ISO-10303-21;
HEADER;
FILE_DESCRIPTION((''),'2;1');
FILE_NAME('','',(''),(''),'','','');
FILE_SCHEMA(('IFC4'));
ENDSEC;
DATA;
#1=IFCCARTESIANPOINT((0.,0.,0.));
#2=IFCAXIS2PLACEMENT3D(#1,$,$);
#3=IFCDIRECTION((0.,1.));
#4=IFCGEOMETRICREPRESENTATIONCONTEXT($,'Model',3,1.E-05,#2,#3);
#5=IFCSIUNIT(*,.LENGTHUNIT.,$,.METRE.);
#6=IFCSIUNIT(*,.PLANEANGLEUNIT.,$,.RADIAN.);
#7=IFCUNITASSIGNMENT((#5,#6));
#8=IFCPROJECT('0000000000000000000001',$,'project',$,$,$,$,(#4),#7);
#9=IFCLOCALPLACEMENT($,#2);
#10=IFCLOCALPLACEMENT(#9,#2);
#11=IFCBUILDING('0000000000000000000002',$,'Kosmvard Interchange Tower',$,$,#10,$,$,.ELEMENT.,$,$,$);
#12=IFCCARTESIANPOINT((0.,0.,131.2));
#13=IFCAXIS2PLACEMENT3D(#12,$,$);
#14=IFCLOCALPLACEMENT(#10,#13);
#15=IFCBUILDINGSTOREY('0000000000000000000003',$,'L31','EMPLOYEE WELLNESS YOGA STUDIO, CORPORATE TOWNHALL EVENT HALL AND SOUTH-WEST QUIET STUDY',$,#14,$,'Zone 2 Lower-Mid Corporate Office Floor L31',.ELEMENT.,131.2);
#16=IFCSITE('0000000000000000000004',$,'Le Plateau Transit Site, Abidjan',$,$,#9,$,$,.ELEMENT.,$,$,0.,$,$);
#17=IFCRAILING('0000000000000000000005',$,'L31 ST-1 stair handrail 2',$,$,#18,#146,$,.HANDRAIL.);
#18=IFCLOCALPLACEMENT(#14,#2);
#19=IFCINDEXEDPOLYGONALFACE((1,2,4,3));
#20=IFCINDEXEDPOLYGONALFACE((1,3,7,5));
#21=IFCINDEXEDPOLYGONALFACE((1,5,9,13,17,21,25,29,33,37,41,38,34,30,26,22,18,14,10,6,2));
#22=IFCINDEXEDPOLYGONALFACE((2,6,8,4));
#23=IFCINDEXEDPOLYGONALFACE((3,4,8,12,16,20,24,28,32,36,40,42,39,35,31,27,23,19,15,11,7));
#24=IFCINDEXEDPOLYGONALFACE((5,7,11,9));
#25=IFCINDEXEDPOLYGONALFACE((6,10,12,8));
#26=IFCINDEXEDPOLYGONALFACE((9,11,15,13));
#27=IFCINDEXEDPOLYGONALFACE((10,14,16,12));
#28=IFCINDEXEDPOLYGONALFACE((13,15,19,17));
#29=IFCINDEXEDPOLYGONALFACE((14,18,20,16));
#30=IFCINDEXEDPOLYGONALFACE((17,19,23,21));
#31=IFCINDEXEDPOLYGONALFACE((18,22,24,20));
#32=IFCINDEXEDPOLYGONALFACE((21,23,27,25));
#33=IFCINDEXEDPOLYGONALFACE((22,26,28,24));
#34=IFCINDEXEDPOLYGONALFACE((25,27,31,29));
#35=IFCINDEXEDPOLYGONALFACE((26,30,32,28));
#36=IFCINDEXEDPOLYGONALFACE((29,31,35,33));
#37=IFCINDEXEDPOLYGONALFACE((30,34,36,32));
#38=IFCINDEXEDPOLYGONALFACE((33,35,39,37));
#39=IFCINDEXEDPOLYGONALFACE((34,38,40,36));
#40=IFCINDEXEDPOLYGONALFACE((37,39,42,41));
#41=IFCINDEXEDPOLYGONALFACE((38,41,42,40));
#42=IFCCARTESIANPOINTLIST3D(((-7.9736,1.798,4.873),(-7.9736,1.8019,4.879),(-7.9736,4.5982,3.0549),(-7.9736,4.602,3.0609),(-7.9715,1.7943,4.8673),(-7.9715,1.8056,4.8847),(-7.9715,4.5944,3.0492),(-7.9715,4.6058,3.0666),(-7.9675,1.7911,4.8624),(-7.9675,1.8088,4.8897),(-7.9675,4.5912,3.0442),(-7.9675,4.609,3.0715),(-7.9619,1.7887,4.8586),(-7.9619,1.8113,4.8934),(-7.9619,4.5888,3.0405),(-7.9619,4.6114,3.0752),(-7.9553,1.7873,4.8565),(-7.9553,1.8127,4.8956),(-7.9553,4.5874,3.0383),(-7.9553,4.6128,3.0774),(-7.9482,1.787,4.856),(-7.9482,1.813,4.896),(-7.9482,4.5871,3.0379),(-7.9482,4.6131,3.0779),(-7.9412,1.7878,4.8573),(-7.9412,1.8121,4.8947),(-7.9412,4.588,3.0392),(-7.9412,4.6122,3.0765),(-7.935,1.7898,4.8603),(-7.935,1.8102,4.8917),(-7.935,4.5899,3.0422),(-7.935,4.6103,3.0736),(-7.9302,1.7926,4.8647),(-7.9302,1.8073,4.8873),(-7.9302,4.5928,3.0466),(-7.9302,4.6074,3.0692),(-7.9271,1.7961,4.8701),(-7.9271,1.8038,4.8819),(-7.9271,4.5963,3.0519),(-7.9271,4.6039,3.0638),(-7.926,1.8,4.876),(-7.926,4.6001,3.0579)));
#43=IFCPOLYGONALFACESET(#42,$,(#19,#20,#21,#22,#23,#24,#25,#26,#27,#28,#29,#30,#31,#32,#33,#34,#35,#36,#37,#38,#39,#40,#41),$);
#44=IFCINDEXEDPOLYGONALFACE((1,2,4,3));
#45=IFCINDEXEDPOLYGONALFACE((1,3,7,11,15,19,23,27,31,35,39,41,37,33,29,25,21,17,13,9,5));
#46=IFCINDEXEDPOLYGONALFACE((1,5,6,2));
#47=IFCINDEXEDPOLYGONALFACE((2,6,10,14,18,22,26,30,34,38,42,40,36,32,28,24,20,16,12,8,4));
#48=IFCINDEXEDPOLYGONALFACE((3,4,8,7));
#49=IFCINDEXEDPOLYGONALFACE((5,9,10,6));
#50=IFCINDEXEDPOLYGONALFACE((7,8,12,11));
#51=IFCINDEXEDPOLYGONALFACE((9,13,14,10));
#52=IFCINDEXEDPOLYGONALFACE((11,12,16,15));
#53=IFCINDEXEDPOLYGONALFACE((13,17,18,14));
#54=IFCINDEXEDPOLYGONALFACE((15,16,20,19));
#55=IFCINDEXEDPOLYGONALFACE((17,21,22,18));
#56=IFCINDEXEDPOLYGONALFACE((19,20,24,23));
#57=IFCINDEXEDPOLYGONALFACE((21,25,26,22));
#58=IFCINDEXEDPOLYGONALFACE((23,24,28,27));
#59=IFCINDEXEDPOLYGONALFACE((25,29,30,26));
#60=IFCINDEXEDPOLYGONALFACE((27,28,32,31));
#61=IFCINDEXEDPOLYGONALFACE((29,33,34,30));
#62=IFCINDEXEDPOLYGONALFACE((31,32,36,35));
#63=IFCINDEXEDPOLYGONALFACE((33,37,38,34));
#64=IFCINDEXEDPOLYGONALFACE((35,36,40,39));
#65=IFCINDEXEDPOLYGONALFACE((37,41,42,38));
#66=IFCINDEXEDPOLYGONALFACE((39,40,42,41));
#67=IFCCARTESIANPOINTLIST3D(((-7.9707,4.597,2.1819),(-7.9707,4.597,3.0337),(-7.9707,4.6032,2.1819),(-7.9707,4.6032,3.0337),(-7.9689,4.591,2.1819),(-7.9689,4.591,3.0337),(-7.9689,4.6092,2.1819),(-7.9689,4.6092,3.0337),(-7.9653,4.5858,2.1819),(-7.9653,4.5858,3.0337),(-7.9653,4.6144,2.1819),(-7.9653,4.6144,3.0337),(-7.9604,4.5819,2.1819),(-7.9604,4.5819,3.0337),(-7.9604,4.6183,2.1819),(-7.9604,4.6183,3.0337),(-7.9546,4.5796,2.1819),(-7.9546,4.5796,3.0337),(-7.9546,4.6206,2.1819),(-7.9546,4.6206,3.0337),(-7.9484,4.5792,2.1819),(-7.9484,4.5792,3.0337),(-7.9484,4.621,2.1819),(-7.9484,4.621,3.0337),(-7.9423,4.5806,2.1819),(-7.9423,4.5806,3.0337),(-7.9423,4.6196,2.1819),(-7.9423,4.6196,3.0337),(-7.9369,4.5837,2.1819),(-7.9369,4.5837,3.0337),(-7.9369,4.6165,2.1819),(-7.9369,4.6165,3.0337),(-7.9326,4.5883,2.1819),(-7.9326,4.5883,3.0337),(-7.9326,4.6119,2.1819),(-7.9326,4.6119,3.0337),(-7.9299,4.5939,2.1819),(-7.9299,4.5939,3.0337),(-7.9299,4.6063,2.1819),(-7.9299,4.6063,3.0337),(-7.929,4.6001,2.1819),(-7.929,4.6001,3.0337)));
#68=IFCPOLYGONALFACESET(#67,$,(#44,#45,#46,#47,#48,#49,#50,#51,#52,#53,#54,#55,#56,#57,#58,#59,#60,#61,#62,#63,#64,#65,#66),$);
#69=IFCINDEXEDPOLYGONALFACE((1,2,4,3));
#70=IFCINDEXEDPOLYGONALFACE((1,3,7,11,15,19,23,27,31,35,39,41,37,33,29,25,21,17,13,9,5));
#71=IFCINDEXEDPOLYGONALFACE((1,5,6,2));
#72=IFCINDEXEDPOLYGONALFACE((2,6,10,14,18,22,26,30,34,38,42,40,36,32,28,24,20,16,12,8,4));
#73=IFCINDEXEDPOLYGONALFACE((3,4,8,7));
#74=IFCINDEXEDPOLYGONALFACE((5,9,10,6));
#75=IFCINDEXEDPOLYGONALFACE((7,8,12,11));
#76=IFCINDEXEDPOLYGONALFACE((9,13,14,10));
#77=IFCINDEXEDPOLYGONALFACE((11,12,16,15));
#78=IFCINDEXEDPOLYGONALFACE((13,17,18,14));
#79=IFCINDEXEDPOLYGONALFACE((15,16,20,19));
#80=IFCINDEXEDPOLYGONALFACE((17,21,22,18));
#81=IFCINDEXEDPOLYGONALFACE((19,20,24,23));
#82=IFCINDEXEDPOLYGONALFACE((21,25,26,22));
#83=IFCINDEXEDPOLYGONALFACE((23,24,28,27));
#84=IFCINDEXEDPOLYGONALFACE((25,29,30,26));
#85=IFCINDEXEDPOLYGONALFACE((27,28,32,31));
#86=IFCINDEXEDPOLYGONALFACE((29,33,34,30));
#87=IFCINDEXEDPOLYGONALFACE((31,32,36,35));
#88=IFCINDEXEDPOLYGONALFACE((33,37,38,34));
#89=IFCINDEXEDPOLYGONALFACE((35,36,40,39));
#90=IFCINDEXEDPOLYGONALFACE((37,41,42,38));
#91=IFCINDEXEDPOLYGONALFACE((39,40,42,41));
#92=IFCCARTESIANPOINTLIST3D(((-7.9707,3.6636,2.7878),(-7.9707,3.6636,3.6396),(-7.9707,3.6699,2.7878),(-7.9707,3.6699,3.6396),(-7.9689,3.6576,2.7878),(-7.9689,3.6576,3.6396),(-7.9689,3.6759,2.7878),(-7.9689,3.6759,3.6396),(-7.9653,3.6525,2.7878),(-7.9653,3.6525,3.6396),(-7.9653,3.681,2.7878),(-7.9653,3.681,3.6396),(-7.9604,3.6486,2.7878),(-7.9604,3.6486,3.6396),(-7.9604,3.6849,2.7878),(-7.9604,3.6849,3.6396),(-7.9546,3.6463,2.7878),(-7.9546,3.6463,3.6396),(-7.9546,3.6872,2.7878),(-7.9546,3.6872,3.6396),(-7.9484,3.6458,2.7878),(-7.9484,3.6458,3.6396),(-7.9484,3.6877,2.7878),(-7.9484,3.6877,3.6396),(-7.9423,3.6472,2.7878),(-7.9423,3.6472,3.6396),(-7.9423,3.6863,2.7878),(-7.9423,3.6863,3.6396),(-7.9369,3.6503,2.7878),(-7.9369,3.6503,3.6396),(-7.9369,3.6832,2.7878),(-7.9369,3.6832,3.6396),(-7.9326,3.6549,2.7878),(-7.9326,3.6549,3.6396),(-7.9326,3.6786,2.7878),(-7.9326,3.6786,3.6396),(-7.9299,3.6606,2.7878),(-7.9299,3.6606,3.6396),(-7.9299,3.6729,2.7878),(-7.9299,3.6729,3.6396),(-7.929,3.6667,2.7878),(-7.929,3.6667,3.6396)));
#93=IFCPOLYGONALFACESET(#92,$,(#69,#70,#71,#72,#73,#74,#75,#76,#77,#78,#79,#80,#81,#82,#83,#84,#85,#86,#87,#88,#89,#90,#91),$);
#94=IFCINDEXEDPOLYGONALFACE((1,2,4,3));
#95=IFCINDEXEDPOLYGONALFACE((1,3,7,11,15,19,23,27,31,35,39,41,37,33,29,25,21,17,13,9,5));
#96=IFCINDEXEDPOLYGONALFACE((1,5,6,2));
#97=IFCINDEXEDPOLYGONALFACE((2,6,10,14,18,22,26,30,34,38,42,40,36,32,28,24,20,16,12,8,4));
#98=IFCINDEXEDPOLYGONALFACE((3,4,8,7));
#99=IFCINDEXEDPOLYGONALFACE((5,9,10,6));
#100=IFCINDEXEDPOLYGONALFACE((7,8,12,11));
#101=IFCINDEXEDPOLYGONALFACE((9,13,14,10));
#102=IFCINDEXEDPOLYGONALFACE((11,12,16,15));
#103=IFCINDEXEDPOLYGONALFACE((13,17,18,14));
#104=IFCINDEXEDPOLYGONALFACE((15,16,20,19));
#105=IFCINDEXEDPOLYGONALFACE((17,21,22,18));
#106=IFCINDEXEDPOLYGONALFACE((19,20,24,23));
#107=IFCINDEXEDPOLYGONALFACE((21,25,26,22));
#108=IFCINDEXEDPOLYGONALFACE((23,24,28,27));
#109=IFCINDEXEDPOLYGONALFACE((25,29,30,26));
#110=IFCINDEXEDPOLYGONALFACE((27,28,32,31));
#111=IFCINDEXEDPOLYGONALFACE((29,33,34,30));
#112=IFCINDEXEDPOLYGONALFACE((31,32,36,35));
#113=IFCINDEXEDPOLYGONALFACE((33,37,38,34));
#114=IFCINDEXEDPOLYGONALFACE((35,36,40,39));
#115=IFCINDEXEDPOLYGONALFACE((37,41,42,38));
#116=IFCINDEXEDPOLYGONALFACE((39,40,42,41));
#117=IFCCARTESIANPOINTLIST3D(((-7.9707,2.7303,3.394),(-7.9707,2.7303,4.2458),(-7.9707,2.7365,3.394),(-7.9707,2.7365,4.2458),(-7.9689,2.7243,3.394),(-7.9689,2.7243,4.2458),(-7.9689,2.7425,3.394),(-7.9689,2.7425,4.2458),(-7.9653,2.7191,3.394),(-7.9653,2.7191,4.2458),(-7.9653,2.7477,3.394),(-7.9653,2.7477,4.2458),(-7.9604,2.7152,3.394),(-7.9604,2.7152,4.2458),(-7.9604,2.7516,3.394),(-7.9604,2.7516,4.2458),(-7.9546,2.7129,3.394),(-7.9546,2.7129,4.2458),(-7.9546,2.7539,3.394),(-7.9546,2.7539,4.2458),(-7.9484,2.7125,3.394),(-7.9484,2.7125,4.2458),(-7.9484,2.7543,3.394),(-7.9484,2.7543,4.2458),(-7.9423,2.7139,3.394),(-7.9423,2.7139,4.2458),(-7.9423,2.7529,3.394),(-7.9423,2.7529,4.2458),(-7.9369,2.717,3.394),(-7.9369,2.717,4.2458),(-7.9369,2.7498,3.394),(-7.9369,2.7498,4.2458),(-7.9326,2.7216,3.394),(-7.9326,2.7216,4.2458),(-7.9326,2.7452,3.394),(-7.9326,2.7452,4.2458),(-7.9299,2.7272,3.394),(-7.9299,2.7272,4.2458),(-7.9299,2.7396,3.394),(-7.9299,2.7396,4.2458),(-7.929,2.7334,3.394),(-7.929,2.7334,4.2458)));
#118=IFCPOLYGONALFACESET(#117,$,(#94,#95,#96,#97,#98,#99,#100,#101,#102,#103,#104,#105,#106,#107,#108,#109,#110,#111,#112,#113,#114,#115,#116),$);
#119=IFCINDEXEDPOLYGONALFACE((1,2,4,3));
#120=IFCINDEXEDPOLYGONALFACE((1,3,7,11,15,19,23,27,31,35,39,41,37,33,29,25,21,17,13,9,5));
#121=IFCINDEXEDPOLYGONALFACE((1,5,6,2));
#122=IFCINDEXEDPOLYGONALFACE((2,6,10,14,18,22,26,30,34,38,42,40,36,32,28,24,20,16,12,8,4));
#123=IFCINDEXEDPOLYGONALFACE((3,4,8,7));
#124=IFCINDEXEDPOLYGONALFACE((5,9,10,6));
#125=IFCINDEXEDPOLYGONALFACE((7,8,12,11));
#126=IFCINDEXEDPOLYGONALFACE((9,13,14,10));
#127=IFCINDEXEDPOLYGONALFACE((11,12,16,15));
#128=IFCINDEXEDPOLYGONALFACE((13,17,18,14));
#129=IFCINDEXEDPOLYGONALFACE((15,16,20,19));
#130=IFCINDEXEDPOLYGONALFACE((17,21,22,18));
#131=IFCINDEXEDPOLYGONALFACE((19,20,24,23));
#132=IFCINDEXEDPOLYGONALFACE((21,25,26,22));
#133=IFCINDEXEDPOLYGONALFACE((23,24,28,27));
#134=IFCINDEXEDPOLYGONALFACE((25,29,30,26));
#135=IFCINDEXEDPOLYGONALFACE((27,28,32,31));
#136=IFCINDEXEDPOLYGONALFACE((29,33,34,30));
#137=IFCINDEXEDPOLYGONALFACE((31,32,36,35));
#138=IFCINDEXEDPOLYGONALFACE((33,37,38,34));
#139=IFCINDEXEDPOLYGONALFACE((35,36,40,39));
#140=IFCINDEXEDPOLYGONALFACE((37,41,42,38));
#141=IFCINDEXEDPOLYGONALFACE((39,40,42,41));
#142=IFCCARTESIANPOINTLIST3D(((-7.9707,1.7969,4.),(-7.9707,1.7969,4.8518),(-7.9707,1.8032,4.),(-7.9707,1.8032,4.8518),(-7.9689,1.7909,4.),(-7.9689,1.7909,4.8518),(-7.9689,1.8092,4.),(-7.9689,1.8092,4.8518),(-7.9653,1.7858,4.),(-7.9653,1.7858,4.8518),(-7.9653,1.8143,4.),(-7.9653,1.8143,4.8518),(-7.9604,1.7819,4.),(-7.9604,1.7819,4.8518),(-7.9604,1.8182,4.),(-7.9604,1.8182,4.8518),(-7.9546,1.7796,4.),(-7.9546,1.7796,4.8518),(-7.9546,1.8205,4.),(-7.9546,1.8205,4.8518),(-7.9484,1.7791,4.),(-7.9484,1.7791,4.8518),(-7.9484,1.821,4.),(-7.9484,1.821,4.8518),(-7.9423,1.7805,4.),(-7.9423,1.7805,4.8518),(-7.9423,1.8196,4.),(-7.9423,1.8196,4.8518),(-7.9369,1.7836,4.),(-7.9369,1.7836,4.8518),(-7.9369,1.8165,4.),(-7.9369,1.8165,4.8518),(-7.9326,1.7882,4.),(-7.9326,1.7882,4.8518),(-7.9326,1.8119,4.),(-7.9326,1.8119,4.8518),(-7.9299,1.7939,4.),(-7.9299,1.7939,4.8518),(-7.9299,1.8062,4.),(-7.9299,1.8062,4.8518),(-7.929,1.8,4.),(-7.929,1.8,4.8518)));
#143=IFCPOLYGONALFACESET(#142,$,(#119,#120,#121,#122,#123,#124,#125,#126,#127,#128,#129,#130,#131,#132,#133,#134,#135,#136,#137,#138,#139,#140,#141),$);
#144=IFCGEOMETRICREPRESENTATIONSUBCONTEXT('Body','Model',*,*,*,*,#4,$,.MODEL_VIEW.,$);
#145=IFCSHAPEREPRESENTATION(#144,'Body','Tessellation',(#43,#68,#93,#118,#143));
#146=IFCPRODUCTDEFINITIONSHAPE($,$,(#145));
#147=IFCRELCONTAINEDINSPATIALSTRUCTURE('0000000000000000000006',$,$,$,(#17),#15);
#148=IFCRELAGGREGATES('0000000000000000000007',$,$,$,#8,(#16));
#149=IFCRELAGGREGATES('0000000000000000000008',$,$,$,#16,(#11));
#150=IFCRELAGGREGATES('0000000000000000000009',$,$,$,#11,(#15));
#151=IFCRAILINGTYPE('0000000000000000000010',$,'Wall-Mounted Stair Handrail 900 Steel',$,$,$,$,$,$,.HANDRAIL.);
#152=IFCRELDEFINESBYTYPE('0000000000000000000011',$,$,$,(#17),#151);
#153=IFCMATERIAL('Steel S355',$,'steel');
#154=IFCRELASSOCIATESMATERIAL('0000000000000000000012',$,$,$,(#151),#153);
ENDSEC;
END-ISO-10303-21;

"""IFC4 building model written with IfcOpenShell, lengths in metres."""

from ifc_helpers import new_model, si_unit, direction, frame, origin, origin_2d, place, context, subcontext, project, spatial, circle, extrude, source, transform, mapped, material, type_object, element, save


model = new_model("IFC4")

# Units and contexts
model_context = context("Model", 3, precision=1e-05, world=origin(), true_north=direction((0.0, 1.0)))
body_context = subcontext(model_context, "Body", "Model", "MODEL_VIEW")
ifc_project = project(units=[si_unit("LENGTHUNIT", "METRE"), si_unit("PLANEANGLEUNIT", "RADIAN")], contexts=[model_context])

# Site, building, storey
site_placement = place(None, origin())
site = spatial("IfcSite", under=ifc_project, at=site_placement, Name="Le Plateau Transit Site, Abidjan", CompositionType="ELEMENT", RefElevation=0.0)
building_placement = place(site_placement, origin())
building = spatial("IfcBuilding", under=site, at=building_placement, Name="Kosmvard Interchange Tower", CompositionType="ELEMENT")
storey_placement = place(building_placement, frame((0.0, 0.0, 131.2)))
storey = spatial("IfcBuildingStorey", under=building, at=storey_placement, Name="L31", Description="EMPLOYEE WELLNESS YOGA STUDIO, CORPORATE TOWNHALL EVENT HALL AND SOUTH-WEST QUIET STUDY", LongName="Zone 2 Lower-Mid Corporate Office Floor L31", CompositionType="ELEMENT", Elevation=131.2)

# Shared definitions
ifc_material_1 = material(Name="Steel S355", Category="steel")

# Railing
railing_type_1 = type_object("IfcRailingType", Name="Wall-Mounted Stair Handrail 900 Steel", PredefinedType="HANDRAIL", material=ifc_material_1)
shared_shape_1 = source(origin(), body_context, "Body", "SweptSolid", [
    extrude(circle(Radius=0.0239, at=origin_2d()), frame((0.0, 0.0, 0.876), z_axis=(0.0, -0.838706, 0.544585), x_axis=(1.0, 0.0, 0.0)), (0.0, 0.0, 1.0), 3.3386),
    extrude(circle(Radius=0.021, at=origin_2d()), origin(), (0.0, 0.0, 1.0), 0.8518),
    extrude(circle(Radius=0.021, at=origin_2d()), frame((0.0, -0.9333, 0.606)), (0.0, 0.0, 1.0), 0.8518),
    extrude(circle(Radius=0.021, at=origin_2d()), frame((0.0, -1.8667, 1.2122)), (0.0, 0.0, 1.0), 0.8518),
    extrude(circle(Radius=0.021, at=origin_2d()), frame((0.0, -2.8, 1.8181)), (0.0, 0.0, 1.0), 0.8518),
])
railing_1_placement = place(storey_placement, frame((-7.95, 4.6001, 2.1819)))
element("IfcRailing", 1, at=railing_1_placement, inside=storey, type_object=railing_type_1, Name="L31 ST-1 stair handrail 2", PredefinedType="HANDRAIL", context=body_context, shape_type="MappedRepresentation", body=[
    mapped(shared_shape_1, transform((0.0, 0.0, 0.0), scale=1.0)),
])

save(model, "model.ifc")
